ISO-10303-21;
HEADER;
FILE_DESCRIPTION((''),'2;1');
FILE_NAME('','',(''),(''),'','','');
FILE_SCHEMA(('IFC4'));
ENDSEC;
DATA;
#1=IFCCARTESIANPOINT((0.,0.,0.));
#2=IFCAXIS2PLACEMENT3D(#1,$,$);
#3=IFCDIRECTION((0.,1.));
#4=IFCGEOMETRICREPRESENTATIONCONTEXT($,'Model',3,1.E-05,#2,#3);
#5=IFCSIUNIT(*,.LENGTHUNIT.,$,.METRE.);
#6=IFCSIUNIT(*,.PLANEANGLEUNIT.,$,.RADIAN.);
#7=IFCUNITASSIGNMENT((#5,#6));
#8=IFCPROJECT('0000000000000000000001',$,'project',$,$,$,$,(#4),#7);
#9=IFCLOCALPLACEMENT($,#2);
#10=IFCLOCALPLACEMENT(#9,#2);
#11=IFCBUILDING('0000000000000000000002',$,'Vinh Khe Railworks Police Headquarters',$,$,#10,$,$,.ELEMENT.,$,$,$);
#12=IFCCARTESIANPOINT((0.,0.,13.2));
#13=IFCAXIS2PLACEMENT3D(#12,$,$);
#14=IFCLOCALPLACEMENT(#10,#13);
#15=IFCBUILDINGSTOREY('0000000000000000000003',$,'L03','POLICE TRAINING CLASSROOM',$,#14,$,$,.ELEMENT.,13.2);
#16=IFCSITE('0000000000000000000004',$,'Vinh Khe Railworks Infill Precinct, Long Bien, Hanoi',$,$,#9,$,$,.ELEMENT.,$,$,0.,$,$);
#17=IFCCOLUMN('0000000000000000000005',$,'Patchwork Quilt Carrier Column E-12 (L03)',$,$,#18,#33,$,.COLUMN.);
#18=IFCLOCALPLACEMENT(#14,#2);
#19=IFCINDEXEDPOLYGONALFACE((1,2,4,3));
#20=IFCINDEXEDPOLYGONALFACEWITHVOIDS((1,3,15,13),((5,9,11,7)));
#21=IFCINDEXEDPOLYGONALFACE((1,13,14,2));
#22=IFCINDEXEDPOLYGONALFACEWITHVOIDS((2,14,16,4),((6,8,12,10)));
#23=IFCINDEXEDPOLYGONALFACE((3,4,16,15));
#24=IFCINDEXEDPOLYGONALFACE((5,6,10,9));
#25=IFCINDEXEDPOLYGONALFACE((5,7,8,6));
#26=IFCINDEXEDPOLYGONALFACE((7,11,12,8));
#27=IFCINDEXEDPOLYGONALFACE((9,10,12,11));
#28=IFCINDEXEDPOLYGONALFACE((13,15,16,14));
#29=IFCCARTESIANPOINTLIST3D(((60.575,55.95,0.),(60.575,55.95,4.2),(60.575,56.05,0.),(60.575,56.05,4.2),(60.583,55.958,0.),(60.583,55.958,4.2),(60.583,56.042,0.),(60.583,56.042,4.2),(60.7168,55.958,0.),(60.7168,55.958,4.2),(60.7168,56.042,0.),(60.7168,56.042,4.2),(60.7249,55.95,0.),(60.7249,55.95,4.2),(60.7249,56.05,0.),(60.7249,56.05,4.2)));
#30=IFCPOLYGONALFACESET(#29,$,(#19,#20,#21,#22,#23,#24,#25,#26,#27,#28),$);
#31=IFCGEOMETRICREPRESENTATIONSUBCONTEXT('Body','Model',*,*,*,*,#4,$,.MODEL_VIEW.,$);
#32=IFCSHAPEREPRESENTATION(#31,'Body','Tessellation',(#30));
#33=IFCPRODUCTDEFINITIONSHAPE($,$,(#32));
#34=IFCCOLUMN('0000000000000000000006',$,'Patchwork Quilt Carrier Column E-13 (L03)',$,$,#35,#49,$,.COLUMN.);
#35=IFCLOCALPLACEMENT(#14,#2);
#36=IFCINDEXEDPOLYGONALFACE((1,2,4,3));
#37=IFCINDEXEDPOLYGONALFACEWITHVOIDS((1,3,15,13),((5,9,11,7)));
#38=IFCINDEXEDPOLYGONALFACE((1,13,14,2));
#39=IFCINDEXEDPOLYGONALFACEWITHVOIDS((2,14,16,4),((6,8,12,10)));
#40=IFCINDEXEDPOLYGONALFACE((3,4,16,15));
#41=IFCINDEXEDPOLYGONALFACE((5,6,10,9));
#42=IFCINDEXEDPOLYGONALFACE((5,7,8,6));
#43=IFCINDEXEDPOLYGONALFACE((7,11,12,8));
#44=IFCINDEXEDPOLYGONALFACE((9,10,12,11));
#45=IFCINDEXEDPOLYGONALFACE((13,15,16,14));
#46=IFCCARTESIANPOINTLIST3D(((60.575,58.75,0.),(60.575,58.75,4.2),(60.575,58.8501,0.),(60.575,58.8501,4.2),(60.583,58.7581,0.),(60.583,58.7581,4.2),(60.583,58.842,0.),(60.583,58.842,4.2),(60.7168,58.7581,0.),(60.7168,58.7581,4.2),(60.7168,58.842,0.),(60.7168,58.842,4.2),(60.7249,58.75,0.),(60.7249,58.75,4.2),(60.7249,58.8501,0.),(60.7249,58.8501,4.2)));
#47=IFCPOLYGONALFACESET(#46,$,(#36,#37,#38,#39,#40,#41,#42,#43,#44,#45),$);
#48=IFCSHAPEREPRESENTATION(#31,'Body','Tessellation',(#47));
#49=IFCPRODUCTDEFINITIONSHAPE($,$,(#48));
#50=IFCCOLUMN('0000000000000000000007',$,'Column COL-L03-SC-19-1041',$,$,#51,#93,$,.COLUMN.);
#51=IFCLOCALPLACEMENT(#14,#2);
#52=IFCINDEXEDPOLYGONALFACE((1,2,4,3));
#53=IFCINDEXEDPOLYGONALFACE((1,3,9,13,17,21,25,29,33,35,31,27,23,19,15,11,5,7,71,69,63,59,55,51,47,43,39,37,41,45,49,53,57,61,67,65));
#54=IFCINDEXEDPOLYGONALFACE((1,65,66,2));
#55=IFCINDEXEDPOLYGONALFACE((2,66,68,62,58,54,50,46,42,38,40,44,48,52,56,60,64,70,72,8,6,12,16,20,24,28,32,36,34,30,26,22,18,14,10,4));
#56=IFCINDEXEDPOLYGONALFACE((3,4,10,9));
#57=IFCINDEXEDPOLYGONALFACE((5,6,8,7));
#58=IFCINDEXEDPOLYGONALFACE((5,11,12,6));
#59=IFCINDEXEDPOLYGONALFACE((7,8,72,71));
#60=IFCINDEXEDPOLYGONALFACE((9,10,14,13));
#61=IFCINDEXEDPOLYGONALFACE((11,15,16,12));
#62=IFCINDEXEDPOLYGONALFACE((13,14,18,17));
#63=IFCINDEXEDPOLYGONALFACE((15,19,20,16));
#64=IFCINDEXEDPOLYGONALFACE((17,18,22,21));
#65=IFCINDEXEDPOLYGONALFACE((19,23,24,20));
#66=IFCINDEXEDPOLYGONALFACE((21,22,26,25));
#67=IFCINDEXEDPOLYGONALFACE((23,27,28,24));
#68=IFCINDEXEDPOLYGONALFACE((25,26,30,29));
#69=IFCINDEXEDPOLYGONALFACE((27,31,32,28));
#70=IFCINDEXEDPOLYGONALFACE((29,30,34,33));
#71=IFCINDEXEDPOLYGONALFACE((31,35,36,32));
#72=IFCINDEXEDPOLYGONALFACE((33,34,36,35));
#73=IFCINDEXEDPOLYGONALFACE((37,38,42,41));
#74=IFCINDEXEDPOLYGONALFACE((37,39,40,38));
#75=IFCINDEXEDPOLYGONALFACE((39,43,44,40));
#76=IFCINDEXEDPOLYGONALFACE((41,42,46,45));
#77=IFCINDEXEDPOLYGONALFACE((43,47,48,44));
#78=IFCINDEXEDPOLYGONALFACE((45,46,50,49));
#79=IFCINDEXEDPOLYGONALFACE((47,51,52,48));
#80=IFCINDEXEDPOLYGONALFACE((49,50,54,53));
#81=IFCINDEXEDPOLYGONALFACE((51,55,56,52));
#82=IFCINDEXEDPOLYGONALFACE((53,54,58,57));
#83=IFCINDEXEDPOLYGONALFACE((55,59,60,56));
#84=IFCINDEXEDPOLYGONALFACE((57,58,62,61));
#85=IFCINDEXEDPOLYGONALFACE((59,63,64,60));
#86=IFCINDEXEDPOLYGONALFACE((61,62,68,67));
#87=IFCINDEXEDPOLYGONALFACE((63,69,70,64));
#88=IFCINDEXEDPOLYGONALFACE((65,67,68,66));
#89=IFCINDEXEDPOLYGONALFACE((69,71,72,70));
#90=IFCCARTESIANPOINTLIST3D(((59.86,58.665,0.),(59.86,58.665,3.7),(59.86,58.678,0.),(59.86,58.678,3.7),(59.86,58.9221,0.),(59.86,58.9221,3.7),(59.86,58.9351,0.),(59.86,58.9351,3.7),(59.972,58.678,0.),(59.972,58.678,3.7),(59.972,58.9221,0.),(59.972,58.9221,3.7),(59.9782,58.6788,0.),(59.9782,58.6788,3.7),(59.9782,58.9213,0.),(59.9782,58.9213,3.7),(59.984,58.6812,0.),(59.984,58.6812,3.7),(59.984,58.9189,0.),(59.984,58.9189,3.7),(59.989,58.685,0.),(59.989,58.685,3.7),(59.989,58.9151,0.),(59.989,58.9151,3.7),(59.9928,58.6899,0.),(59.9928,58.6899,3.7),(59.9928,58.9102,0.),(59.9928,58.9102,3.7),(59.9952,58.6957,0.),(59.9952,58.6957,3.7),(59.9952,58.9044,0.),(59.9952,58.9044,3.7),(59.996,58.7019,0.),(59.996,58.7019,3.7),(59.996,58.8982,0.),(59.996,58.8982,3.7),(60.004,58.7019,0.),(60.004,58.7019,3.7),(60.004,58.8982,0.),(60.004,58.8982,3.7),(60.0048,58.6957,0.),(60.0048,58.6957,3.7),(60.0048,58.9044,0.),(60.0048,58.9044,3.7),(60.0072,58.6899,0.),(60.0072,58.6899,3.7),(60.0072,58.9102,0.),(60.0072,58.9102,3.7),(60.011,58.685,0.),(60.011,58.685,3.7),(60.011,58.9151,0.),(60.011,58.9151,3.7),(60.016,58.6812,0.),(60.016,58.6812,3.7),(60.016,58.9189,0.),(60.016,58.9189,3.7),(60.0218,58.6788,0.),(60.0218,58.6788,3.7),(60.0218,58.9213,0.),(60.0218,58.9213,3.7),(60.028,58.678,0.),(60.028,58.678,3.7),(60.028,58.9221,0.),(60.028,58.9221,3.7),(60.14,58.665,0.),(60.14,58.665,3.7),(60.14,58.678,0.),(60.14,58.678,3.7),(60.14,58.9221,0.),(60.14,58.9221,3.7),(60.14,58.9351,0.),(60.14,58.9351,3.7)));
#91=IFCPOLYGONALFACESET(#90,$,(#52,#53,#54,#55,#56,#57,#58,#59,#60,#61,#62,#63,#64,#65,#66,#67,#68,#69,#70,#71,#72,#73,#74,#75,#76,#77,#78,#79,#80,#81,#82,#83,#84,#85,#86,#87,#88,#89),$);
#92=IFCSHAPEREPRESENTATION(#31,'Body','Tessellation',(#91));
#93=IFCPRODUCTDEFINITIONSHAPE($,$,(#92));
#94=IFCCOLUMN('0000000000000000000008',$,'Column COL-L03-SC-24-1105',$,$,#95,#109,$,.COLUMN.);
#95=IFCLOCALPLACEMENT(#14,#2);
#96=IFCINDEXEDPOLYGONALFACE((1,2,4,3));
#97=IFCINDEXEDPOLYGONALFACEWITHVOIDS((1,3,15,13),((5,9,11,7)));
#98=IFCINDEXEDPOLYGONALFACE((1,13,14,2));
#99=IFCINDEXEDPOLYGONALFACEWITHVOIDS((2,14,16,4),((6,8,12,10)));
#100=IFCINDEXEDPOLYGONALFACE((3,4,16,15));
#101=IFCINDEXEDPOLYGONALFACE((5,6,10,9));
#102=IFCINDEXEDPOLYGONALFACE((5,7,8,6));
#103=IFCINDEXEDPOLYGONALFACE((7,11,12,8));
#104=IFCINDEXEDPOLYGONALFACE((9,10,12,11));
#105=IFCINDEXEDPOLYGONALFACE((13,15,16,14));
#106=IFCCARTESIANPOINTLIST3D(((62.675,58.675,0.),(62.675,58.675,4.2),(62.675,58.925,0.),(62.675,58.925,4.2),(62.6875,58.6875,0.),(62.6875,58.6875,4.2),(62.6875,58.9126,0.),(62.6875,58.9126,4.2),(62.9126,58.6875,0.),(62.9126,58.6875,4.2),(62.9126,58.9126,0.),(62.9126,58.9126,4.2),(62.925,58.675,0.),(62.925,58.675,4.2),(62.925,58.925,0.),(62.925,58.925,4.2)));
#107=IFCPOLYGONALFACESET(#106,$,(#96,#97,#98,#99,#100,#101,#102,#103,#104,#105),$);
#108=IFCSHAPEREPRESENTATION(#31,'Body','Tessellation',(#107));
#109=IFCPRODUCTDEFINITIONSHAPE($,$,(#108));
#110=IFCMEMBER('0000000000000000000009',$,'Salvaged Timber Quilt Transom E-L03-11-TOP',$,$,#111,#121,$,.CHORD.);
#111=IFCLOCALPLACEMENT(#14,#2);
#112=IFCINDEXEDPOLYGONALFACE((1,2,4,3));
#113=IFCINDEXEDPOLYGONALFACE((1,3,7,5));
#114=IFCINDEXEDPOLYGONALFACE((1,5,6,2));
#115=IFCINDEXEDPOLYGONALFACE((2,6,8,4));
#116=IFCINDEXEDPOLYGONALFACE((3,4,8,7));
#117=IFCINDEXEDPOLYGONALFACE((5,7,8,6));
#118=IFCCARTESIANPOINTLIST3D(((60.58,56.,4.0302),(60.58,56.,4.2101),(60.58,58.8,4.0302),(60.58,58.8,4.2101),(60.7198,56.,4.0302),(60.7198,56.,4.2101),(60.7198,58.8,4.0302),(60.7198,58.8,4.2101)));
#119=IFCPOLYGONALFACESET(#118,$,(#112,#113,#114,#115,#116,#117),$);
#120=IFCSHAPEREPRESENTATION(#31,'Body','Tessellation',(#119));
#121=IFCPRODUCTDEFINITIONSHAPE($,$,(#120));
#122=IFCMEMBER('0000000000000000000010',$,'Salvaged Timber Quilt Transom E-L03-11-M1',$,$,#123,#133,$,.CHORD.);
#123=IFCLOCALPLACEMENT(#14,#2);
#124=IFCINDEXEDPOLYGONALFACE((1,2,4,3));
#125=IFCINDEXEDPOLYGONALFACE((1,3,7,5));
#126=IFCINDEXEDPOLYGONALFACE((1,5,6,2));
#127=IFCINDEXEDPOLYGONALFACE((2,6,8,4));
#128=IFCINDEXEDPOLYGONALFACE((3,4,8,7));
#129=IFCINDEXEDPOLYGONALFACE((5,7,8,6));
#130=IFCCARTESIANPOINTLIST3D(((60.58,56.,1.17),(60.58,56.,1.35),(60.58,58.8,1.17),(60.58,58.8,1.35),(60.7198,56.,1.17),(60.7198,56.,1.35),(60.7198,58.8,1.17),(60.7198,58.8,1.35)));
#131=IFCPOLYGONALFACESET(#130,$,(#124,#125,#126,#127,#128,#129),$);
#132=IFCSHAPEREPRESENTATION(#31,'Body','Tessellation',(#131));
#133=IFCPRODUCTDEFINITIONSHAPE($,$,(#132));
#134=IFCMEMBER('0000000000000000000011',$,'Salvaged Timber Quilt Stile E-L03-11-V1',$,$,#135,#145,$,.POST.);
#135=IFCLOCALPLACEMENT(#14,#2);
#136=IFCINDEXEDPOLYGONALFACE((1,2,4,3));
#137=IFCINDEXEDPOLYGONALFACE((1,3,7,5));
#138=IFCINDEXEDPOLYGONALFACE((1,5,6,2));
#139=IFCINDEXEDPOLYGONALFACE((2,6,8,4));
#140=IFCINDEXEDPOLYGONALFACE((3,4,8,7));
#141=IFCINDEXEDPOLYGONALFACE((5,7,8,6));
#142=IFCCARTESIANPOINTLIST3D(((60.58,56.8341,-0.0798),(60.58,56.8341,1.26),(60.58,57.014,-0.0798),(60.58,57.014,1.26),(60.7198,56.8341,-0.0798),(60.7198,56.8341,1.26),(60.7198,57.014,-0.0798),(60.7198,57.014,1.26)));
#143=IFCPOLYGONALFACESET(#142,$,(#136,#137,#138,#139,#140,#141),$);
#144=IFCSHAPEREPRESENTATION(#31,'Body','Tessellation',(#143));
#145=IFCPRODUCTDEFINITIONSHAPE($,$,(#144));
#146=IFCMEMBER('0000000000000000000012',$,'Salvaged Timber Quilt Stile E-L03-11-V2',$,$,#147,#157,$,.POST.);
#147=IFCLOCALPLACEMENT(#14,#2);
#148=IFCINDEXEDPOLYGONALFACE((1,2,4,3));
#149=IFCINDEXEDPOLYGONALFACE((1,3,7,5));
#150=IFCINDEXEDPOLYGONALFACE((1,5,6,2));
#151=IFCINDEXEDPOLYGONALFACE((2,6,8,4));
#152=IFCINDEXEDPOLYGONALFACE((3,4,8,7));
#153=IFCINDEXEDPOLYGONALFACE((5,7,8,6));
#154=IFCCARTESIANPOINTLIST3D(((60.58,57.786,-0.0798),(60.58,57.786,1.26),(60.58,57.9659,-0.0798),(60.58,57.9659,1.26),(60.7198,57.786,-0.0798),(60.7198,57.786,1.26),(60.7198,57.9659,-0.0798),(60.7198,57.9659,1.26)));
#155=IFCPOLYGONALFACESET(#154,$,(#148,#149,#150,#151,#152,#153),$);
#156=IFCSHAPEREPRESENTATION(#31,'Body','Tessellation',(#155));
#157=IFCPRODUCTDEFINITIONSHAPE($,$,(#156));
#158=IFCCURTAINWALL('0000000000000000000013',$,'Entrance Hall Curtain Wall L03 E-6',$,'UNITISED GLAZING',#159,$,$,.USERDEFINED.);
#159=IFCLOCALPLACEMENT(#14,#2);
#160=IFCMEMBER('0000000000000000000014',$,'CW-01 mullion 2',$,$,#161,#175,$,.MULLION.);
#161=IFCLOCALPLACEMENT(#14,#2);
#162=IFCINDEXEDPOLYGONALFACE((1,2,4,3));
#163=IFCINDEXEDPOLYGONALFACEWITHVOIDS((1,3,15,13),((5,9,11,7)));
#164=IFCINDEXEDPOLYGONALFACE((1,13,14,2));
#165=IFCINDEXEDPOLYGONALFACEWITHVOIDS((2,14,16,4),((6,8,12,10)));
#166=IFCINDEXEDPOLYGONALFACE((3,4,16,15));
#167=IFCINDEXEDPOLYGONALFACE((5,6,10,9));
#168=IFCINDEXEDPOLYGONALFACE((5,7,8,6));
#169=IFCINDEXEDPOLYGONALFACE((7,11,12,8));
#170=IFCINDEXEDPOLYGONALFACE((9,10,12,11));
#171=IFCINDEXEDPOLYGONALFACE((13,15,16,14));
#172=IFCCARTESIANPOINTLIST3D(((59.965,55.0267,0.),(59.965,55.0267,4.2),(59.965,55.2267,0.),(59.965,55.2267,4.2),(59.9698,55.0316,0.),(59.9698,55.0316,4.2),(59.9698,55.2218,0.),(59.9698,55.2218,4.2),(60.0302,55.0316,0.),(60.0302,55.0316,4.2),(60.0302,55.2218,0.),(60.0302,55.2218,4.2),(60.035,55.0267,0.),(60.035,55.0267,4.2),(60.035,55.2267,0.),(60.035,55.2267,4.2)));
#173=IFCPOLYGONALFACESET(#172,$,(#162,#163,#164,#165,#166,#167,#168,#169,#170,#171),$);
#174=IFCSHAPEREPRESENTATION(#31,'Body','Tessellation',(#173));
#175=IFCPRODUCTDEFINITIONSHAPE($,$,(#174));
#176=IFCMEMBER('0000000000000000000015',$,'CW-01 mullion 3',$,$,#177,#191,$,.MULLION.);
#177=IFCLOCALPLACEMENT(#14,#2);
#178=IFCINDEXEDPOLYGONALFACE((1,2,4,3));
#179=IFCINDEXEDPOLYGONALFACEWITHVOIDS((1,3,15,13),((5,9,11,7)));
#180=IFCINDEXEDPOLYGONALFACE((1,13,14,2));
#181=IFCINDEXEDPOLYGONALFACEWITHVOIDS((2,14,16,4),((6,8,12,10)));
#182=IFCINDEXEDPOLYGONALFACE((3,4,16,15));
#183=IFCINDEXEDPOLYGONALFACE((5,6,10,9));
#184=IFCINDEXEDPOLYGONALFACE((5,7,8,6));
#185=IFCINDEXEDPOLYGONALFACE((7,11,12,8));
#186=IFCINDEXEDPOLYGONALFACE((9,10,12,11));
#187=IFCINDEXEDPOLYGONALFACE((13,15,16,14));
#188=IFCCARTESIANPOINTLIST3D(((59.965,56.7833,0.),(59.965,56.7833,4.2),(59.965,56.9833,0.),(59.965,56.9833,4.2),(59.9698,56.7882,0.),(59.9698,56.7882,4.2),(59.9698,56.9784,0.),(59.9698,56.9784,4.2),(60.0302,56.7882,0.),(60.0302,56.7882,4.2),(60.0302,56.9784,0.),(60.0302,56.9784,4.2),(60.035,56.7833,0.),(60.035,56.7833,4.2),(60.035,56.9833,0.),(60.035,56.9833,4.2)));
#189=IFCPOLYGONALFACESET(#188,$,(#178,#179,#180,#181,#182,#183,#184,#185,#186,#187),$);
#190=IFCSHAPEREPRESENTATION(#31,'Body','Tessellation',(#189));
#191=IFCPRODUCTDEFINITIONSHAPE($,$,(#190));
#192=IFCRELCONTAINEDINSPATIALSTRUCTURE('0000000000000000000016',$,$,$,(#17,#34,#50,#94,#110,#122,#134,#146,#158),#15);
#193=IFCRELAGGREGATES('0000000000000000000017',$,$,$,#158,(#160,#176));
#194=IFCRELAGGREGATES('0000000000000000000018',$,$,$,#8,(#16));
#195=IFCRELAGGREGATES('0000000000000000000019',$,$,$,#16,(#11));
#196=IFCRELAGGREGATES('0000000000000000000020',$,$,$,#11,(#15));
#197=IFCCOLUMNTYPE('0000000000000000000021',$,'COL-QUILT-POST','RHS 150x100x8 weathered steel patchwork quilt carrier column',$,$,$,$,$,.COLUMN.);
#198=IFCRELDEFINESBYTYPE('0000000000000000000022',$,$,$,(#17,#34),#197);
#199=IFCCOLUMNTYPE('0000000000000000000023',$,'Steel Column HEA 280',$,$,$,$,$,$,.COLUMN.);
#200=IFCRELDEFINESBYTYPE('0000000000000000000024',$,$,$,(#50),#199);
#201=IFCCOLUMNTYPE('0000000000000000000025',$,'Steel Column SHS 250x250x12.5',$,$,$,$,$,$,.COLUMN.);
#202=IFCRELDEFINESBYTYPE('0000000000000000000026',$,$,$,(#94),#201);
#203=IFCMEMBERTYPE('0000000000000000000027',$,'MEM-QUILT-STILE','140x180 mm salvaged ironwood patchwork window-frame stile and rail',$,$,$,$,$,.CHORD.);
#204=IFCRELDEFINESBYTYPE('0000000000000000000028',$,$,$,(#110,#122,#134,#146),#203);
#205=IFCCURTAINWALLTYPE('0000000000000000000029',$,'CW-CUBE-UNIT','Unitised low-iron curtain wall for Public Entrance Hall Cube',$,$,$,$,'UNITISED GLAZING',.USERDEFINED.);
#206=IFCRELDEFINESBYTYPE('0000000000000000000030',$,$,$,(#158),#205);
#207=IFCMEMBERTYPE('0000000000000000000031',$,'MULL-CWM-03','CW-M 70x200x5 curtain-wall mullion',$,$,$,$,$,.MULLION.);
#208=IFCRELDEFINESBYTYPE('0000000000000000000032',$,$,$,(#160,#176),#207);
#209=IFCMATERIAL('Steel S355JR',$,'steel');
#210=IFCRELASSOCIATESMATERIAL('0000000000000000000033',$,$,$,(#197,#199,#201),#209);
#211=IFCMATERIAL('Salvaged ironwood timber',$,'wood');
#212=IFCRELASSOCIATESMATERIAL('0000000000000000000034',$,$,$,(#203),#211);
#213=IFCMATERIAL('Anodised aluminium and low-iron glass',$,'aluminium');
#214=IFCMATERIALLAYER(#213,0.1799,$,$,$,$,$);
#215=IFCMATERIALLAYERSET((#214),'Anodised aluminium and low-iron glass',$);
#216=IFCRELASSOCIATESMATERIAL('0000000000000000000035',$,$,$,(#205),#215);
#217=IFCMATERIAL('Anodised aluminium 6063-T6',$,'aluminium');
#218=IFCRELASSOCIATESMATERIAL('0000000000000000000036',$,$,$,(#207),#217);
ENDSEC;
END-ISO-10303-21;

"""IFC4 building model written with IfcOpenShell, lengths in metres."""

from ifc_helpers import new_model, si_unit, direction, frame, origin, origin_2d, place, context, subcontext, project, spatial, rectangle, hollow_rectangle, i_section, extrude, material, layer, layer_set, material_profile, profile_set, type_object, element, aggregate, save


model = new_model("IFC4")

# Units and contexts
model_context = context("Model", 3, precision=1e-05, world=origin(), true_north=direction((0.0, 1.0)))
body_context = subcontext(model_context, "Body", "Model", "MODEL_VIEW")
ifc_project = project(units=[si_unit("LENGTHUNIT", "METRE"), si_unit("PLANEANGLEUNIT", "RADIAN")], contexts=[model_context])

# Site, building, storey
site_placement = place(None, origin())
site = spatial("IfcSite", under=ifc_project, at=site_placement, Name="Vinh Khe Railworks Infill Precinct, Long Bien, Hanoi", CompositionType="ELEMENT", RefElevation=0.0)
building_placement = place(site_placement, origin())
building = spatial("IfcBuilding", under=site, at=building_placement, Name="Vinh Khe Railworks Police Headquarters", CompositionType="ELEMENT")
storey_placement = place(building_placement, frame((0.0, 0.0, 13.2)))
storey = spatial("IfcBuildingStorey", under=building, at=storey_placement, Name="L03", Description="POLICE TRAINING CLASSROOM", CompositionType="ELEMENT", Elevation=13.2)

# Columns
ifc_material_1 = material(Name="Steel S355JR", Category="steel")
ifc_material_profile_1 = material_profile(ifc_material_1, hollow_rectangle(XDim=0.1499, YDim=0.1001, WallThickness=0.0081, at=origin_2d()), Name="RHS 150x100x8")
ifc_profile_set_1 = profile_set([ifc_material_profile_1], Name="Steel S355JR")
column_type_1 = type_object("IfcColumnType", Name="COL-QUILT-POST", Description="RHS 150x100x8 weathered steel patchwork quilt carrier column", PredefinedType="COLUMN", material=ifc_profile_set_1)
for number, where, z_axis, x_axis, name in (
    (1, (60.6499, 56.0, 0.0), (0.0, 0.0, 1.0), (1.0, 0.0, 0.0), "Patchwork Quilt Carrier Column E-12 (L03)"),
    (2, (60.6499, 58.8, 0.0), (0.0, 0.0, 1.0), (1.0, 0.0, 0.0), "Patchwork Quilt Carrier Column E-13 (L03)"),
):
    element("IfcColumn", number, at=place(storey_placement, frame(where, z_axis=z_axis, x_axis=x_axis)), inside=storey, type_object=column_type_1, Name=name, PredefinedType="COLUMN", context=body_context, shape_type="SweptSolid", body=[
        extrude(hollow_rectangle(XDim=0.1499, YDim=0.1001, WallThickness=0.0081, at=origin_2d()), origin(), (0.0, 0.0, 1.0), 4.2),
    ])
ifc_material_profile_2 = material_profile(ifc_material_1, i_section(OverallWidth=0.28, OverallDepth=0.27, WebThickness=0.0081, FlangeThickness=0.0129, FilletRadius=0.0239, at=origin_2d()), Name="HEA 280")
ifc_profile_set_2 = profile_set([ifc_material_profile_2], Name="Steel S355JR")
column_type_2 = type_object("IfcColumnType", Name="Steel Column HEA 280", PredefinedType="COLUMN", material=ifc_profile_set_2)
column_1_placement = place(storey_placement, frame((60.0, 58.8, 0.0), z_axis=(0.0, 0.0, 1.0), x_axis=(1.0, 0.0, 0.0)))
element("IfcColumn", 3, at=column_1_placement, inside=storey, type_object=column_type_2, Name="Column COL-L03-SC-19-1041", PredefinedType="COLUMN", context=body_context, shape_type="SweptSolid", body=[
    extrude(i_section(OverallWidth=0.28, OverallDepth=0.27, WebThickness=0.0081, FlangeThickness=0.0129, FilletRadius=0.0239, at=origin_2d()), origin(), (0.0, 0.0, 1.0), 3.7),
])
ifc_material_profile_3 = material_profile(ifc_material_1, hollow_rectangle(XDim=0.25, YDim=0.25, WallThickness=0.0125, at=origin_2d()), Name="SHS 250x250x12.5")
ifc_profile_set_3 = profile_set([ifc_material_profile_3], Name="Steel S355JR")
column_type_3 = type_object("IfcColumnType", Name="Steel Column SHS 250x250x12.5", PredefinedType="COLUMN", material=ifc_profile_set_3)
column_2_placement = place(storey_placement, frame((62.8, 58.8, 0.0), z_axis=(0.0, 0.0, 1.0), x_axis=(1.0, 0.0, 0.0)))
element("IfcColumn", 4, at=column_2_placement, inside=storey, type_object=column_type_3, Name="Column COL-L03-SC-24-1105", PredefinedType="COLUMN", context=body_context, shape_type="SweptSolid", body=[
    extrude(hollow_rectangle(XDim=0.25, YDim=0.25, WallThickness=0.0125, at=origin_2d()), origin(), (0.0, 0.0, 1.0), 4.2),
])

# Members
ifc_material_2 = material(Name="Salvaged ironwood timber", Category="wood")
ifc_material_profile_4 = material_profile(ifc_material_2, rectangle(XDim=0.1399, YDim=0.1799, at=origin_2d()), Name="TIMBER 140x180")
ifc_profile_set_4 = profile_set([ifc_material_profile_4], Name="Salvaged ironwood timber")
member_type_1 = type_object("IfcMemberType", Name="MEM-QUILT-STILE", Description="140x180 mm salvaged ironwood patchwork window-frame stile and rail", PredefinedType="CHORD", material=ifc_profile_set_4)
for number, where, z_axis, x_axis, name in (
    (5, (60.6499, 56.0, 4.1201), (0.0, 1.0, 0.0), (-1.0, 0.0, 0.0), "Salvaged Timber Quilt Transom E-L03-11-TOP"),
    (6, (60.6499, 56.0, 1.26), (0.0, 1.0, 0.0), (-1.0, 0.0, 0.0), "Salvaged Timber Quilt Transom E-L03-11-M1"),
):
    element("IfcMember", number, at=place(storey_placement, frame(where, z_axis=z_axis, x_axis=x_axis)), inside=storey, type_object=member_type_1, Name=name, PredefinedType="CHORD", context=body_context, shape_type="SweptSolid", body=[
        extrude(rectangle(XDim=0.1399, YDim=0.1799, at=origin_2d()), origin(), (0.0, 0.0, 1.0), 2.8),
    ])
for number, where, z_axis, x_axis, name in (
    (7, (60.6499, 56.9241, -0.0798), (0.0, 0.0, 1.0), (1.0, 0.0, 0.0), "Salvaged Timber Quilt Stile E-L03-11-V1"),
    (8, (60.6499, 57.876, -0.0798), (0.0, 0.0, 1.0), (1.0, 0.0, 0.0), "Salvaged Timber Quilt Stile E-L03-11-V2"),
):
    element("IfcMember", number, at=place(storey_placement, frame(where, z_axis=z_axis, x_axis=x_axis)), inside=storey, type_object=member_type_1, Name=name, PredefinedType="POST", context=body_context, shape_type="SweptSolid", body=[
        extrude(rectangle(XDim=0.1399, YDim=0.1799, at=origin_2d()), origin(), (0.0, 0.0, 1.0), 1.3398),
    ])

# Curtain wall, members
ifc_material_3 = material(Name="Anodised aluminium and low-iron glass", Category="aluminium")
ifc_layer_1 = layer(ifc_material_3, 0.1799)
ifc_layer_set_1 = layer_set([ifc_layer_1], Name="Anodised aluminium and low-iron glass")
curtain_wall_type = type_object("IfcCurtainWallType", Name="CW-CUBE-UNIT", Description="Unitised low-iron curtain wall for Public Entrance Hall Cube", ElementType="UNITISED GLAZING", PredefinedType="USERDEFINED", material=ifc_layer_set_1)
curtain_wall_placement = place(storey_placement, origin())
curtain_wall = element("IfcCurtainWall", 9, at=curtain_wall_placement, inside=storey, type_object=curtain_wall_type, Name="Entrance Hall Curtain Wall L03 E-6", ObjectType="UNITISED GLAZING", PredefinedType="USERDEFINED")
ifc_material_4 = material(Name="Anodised aluminium 6063-T6", Category="aluminium")
ifc_material_profile_5 = material_profile(ifc_material_4, hollow_rectangle(XDim=0.0701, YDim=0.2, WallThickness=0.0049, at=origin_2d()), Name="CW-M 70x200x5")
ifc_profile_set_5 = profile_set([ifc_material_profile_5], Name="Anodised aluminium 6063-T6")
member_type_2 = type_object("IfcMemberType", Name="MULL-CWM-03", Description="CW-M 70x200x5 curtain-wall mullion", PredefinedType="MULLION", material=ifc_profile_set_5)
member_1_placement = place(storey_placement, frame((60.0, 55.1267, 0.0), z_axis=(0.0, 0.0, 1.0), x_axis=(-1.0, 0.0, 0.0)))
member_1 = element("IfcMember", 10, at=member_1_placement, type_object=member_type_2, Name="CW-01 mullion 2", PredefinedType="MULLION", context=body_context, shape_type="SweptSolid", body=[
    extrude(hollow_rectangle(XDim=0.0701, YDim=0.2, WallThickness=0.0049, at=origin_2d()), origin(), (0.0, 0.0, 1.0), 4.2),
])
member_2_placement = place(storey_placement, frame((60.0, 56.8833, 0.0), z_axis=(0.0, 0.0, 1.0), x_axis=(-1.0, 0.0, 0.0)))
member_2 = element("IfcMember", 11, at=member_2_placement, type_object=member_type_2, Name="CW-01 mullion 3", PredefinedType="MULLION", context=body_context, shape_type="SweptSolid", body=[
    extrude(hollow_rectangle(XDim=0.0701, YDim=0.2, WallThickness=0.0049, at=origin_2d()), origin(), (0.0, 0.0, 1.0), 4.2),
])
aggregate(curtain_wall, [member_1, member_2])

save(model, "model.ifc")
